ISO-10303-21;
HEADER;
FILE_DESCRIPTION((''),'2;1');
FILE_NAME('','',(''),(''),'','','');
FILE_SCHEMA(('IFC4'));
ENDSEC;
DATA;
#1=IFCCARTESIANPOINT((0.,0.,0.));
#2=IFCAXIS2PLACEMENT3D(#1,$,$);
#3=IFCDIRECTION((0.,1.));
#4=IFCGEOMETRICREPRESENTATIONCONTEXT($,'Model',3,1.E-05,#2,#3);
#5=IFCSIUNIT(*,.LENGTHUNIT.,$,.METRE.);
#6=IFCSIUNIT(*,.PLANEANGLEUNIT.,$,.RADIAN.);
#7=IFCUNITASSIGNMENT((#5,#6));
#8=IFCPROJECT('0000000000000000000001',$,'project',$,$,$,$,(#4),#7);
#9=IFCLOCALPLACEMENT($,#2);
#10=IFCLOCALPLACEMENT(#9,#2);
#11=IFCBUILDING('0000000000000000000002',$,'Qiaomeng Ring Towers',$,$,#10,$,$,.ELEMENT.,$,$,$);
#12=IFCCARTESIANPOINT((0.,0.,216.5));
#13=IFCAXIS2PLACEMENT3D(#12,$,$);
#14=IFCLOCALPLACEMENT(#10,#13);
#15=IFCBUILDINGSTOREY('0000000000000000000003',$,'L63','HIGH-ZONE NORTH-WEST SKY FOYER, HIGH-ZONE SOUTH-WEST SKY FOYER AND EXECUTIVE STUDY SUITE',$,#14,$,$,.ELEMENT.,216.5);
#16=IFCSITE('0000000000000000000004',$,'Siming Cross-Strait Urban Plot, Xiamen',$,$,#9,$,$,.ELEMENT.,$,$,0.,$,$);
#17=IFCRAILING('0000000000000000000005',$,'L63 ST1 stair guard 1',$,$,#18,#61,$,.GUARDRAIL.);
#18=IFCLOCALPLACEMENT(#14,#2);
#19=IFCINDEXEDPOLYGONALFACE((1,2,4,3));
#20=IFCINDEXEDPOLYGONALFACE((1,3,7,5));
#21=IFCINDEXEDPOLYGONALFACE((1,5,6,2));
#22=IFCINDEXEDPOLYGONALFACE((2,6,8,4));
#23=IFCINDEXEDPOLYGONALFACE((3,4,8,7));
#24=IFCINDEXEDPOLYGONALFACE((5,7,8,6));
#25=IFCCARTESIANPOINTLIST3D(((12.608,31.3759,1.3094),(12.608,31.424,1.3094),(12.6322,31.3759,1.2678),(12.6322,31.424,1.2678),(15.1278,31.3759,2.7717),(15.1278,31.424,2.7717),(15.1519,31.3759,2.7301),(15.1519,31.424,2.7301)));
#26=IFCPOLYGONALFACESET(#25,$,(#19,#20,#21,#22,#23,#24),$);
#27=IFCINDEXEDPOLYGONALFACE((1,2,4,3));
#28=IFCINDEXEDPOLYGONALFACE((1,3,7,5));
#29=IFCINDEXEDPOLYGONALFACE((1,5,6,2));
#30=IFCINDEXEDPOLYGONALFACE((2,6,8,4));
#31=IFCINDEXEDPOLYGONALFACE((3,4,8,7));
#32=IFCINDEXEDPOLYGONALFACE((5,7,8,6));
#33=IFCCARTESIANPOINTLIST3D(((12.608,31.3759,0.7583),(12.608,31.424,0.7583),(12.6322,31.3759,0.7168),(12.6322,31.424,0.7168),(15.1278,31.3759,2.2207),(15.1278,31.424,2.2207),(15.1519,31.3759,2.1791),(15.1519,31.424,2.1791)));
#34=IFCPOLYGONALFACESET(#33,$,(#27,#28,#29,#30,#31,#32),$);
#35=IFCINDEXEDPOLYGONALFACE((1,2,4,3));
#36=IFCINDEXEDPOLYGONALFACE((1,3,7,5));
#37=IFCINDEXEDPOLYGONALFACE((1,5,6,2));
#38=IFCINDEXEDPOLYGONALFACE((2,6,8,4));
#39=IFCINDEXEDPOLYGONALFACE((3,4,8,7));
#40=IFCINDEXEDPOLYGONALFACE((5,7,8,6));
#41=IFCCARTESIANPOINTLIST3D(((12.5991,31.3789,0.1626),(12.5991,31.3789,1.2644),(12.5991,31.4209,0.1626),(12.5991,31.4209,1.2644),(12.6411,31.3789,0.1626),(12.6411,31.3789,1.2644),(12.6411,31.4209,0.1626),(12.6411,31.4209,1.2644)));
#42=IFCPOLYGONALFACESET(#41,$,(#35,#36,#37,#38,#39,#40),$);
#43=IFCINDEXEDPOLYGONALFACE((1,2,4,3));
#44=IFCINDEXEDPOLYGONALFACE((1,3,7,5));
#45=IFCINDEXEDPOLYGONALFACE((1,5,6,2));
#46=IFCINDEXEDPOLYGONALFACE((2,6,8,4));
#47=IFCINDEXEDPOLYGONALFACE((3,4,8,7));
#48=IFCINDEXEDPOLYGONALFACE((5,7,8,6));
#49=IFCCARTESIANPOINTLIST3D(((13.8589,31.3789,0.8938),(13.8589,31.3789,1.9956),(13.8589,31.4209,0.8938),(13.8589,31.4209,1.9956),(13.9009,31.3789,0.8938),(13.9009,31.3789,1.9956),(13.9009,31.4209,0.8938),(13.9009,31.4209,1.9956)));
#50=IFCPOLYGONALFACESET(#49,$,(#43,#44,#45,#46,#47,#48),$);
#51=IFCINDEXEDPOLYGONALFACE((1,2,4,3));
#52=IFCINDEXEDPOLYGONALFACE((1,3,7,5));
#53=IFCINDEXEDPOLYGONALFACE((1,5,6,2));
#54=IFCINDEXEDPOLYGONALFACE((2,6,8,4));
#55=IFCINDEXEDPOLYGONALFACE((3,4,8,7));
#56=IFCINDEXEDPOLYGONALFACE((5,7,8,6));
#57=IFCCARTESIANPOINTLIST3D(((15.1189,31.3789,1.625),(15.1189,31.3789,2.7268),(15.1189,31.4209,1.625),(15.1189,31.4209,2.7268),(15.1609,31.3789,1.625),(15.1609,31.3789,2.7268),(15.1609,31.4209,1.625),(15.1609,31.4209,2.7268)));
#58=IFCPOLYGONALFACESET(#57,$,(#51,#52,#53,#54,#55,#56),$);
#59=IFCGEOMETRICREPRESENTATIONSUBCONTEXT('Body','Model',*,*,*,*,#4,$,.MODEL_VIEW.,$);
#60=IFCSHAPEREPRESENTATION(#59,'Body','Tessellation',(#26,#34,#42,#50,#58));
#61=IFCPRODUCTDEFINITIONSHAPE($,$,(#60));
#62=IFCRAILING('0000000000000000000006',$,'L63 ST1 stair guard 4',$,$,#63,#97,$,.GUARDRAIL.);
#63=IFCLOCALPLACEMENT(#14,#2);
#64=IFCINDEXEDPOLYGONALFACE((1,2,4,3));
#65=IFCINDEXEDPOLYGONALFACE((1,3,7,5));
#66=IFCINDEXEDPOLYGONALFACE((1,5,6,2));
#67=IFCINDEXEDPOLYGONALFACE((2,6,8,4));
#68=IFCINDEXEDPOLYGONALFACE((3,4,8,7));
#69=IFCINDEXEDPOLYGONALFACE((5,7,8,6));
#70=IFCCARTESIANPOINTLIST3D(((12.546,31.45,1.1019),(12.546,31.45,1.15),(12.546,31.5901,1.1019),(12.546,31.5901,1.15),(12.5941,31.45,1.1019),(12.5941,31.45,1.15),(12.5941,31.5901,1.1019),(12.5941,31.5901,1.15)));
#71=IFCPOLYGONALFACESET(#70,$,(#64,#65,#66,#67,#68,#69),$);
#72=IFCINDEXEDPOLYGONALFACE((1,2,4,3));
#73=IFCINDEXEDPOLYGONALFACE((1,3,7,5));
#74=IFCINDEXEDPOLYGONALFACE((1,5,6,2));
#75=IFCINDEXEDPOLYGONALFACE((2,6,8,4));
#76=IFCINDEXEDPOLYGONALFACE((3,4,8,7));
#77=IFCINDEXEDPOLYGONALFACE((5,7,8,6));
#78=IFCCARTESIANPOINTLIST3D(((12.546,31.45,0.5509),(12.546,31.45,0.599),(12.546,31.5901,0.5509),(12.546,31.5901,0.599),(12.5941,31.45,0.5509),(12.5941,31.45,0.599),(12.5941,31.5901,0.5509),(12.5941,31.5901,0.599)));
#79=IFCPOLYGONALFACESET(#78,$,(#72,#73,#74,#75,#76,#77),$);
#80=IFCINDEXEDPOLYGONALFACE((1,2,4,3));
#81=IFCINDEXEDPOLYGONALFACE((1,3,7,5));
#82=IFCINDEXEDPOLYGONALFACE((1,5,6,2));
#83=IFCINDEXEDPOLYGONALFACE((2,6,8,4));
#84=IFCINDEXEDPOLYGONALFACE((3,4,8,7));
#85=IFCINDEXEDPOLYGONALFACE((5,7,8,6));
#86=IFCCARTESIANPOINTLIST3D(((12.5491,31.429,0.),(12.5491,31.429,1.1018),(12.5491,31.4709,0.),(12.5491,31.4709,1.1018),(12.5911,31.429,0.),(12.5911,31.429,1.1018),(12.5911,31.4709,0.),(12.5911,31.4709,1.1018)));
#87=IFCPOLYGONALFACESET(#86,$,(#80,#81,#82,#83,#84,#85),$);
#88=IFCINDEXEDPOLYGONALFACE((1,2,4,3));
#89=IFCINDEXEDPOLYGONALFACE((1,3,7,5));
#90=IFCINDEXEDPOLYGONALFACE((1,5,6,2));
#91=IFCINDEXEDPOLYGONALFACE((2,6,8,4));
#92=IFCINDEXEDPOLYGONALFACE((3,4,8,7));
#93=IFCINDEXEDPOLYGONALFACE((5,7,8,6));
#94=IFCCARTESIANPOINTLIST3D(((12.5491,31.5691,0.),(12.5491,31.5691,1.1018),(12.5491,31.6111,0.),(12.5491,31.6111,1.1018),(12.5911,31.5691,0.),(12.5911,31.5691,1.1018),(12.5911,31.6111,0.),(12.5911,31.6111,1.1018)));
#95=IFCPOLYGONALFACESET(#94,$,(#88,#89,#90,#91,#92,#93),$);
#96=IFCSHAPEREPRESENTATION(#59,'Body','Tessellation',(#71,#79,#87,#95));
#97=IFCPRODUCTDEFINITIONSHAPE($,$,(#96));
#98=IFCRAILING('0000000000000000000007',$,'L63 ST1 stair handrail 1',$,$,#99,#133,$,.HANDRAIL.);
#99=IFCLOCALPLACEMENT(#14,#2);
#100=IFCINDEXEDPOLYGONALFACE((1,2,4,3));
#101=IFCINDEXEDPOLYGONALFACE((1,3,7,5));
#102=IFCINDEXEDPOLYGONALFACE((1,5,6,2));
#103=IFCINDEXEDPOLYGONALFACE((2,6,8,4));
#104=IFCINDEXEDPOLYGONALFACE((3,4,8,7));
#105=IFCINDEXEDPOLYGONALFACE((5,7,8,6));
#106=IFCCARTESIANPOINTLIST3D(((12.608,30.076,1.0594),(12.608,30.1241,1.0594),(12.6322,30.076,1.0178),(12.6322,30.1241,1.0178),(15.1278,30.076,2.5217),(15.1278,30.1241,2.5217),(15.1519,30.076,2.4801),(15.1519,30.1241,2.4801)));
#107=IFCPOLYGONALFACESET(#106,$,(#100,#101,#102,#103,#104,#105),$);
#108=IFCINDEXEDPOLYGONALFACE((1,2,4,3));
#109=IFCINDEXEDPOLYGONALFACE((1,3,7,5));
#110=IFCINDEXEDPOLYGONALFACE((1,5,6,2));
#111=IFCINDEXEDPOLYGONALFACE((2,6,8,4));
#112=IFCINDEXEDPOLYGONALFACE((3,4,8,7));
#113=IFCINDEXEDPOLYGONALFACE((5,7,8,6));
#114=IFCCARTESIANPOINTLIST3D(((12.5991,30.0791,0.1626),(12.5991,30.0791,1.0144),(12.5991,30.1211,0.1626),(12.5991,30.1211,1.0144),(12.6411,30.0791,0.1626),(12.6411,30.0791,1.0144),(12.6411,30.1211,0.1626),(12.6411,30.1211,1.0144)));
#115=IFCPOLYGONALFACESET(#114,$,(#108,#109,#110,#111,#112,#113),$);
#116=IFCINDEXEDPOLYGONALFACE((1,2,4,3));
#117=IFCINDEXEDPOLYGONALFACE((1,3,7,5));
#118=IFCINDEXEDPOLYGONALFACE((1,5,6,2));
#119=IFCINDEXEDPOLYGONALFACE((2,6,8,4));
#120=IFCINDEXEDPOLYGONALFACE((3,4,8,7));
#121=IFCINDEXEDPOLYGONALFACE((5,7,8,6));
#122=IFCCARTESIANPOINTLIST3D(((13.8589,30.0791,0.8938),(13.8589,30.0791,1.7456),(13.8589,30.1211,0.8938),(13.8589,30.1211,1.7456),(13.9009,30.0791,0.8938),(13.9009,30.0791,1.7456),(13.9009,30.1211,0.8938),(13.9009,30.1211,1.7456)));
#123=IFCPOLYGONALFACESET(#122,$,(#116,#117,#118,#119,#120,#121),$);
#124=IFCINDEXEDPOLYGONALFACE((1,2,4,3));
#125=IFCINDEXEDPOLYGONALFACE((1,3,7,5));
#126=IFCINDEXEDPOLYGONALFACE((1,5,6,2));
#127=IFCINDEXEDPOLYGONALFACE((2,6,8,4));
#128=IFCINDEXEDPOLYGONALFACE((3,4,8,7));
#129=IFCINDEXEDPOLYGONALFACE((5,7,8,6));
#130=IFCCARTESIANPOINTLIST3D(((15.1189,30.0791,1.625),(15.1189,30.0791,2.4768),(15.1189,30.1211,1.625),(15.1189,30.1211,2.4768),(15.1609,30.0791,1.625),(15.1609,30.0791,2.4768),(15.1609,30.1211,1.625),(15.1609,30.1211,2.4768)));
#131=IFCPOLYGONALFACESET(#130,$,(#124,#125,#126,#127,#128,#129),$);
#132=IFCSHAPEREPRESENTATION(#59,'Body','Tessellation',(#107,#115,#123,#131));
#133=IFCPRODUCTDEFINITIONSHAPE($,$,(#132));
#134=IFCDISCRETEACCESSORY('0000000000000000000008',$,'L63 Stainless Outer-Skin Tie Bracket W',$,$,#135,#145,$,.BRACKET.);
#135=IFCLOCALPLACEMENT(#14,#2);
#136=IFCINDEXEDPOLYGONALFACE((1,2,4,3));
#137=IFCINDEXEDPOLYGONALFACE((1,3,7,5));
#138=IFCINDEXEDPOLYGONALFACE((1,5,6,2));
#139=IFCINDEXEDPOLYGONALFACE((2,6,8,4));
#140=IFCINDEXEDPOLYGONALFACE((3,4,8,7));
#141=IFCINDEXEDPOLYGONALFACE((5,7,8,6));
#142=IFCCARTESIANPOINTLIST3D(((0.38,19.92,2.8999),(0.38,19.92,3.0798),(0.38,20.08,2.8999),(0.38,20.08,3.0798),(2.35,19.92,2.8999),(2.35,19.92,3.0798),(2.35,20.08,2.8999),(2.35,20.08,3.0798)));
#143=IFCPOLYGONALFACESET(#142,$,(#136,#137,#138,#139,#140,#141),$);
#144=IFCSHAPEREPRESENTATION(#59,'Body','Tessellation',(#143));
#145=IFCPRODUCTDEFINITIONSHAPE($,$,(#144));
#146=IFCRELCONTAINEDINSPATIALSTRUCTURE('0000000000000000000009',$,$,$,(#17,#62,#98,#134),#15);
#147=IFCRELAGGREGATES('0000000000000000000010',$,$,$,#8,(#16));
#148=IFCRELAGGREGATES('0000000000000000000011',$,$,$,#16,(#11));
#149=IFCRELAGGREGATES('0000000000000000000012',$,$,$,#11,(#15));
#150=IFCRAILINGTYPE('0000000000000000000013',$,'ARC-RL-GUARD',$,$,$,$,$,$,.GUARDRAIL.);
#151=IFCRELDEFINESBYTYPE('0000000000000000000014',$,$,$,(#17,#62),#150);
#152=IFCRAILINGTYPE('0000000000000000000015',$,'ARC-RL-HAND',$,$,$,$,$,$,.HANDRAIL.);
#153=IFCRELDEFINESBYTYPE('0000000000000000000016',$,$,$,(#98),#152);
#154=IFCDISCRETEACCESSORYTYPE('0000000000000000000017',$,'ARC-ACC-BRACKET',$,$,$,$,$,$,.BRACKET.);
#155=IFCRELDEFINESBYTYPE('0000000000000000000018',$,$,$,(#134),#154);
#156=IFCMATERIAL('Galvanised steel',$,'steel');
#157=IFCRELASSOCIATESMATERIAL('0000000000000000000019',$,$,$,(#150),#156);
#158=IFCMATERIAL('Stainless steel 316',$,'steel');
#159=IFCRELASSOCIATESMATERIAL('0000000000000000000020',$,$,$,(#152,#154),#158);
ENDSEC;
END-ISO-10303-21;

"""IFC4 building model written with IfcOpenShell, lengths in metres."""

from ifc_helpers import new_model, si_unit, direction, frame, origin, origin_2d, place, context, subcontext, project, spatial, rectangle, extrude, source, transform, mapped, material, type_object, element, save


model = new_model("IFC4")

# Units and contexts
model_context = context("Model", 3, precision=1e-05, world=origin(), true_north=direction((0.0, 1.0)))
body_context = subcontext(model_context, "Body", "Model", "MODEL_VIEW")
ifc_project = project(units=[si_unit("LENGTHUNIT", "METRE"), si_unit("PLANEANGLEUNIT", "RADIAN")], contexts=[model_context])

# Site, building, storey
site_placement = place(None, origin())
site = spatial("IfcSite", under=ifc_project, at=site_placement, Name="Siming Cross-Strait Urban Plot, Xiamen", CompositionType="ELEMENT", RefElevation=0.0)
building_placement = place(site_placement, origin())
building = spatial("IfcBuilding", under=site, at=building_placement, Name="Qiaomeng Ring Towers", CompositionType="ELEMENT")
storey_placement = place(building_placement, frame((0.0, 0.0, 216.5)))
storey = spatial("IfcBuildingStorey", under=building, at=storey_placement, Name="L63", Description="HIGH-ZONE NORTH-WEST SKY FOYER, HIGH-ZONE SOUTH-WEST SKY FOYER AND EXECUTIVE STUDY SUITE", CompositionType="ELEMENT", Elevation=216.5)

# Shared definitions
ifc_material_1 = material(Name="Stainless steel 316", Category="steel")

# Railings
ifc_material_2 = material(Name="Galvanised steel", Category="steel")
railing_type_1 = type_object("IfcRailingType", Name="ARC-RL-GUARD", PredefinedType="GUARDRAIL", material=ifc_material_2)
railing_1_placement = place(storey_placement, frame((12.6201, 31.3999, 0.1626)))
element("IfcRailing", 1, at=railing_1_placement, inside=storey, type_object=railing_type_1, Name="L63 ST1 stair guard 1", PredefinedType="GUARDRAIL", context=body_context, shape_type="SweptSolid", body=[
    extrude(rectangle(XDim=0.0481, YDim=0.0481, at=origin_2d()), frame((0.0, 0.0, 1.126), z_axis=(0.864892, 0.0, 0.501958), x_axis=(0.0, 1.0, 0.0)), (0.0, 0.0, 1.0), 2.9133),
    extrude(rectangle(XDim=0.0481, YDim=0.0481, at=origin_2d()), frame((0.0, 0.0, 0.575), z_axis=(0.864892, 0.0, 0.501958), x_axis=(0.0, 1.0, 0.0)), (0.0, 0.0, 1.0), 2.9133),
    extrude(rectangle(XDim=0.042, YDim=0.042, at=origin_2d()), origin(), (0.0, 0.0, 1.0), 1.1018),
    extrude(rectangle(XDim=0.042, YDim=0.042, at=origin_2d()), frame((1.2598, 0.0, 0.7312)), (0.0, 0.0, 1.0), 1.1018),
    extrude(rectangle(XDim=0.042, YDim=0.042, at=origin_2d()), frame((2.5198, 0.0, 1.4624)), (0.0, 0.0, 1.0), 1.1018),
])
railing_2_placement = place(storey_placement, frame((12.5701, 31.45, 0.0)))
element("IfcRailing", 2, at=railing_2_placement, inside=storey, type_object=railing_type_1, Name="L63 ST1 stair guard 4", PredefinedType="GUARDRAIL", context=body_context, shape_type="SweptSolid", body=[
    extrude(rectangle(XDim=0.0481, YDim=0.0481, at=origin_2d()), frame((0.0, 0.0, 1.126), z_axis=(0.0, 1.0, 0.0), x_axis=(-1.0, 0.0, 0.0)), (0.0, 0.0, 1.0), 0.1401),
    extrude(rectangle(XDim=0.0481, YDim=0.0481, at=origin_2d()), frame((0.0, 0.0, 0.575), z_axis=(0.0, 1.0, 0.0), x_axis=(-1.0, 0.0, 0.0)), (0.0, 0.0, 1.0), 0.1401),
    extrude(rectangle(XDim=0.042, YDim=0.042, at=origin_2d()), origin(), (0.0, 0.0, 1.0), 1.1018),
    extrude(rectangle(XDim=0.042, YDim=0.042, at=origin_2d()), frame((0.0, 0.1401, 0.0)), (0.0, 0.0, 1.0), 1.1018),
])
railing_type_2 = type_object("IfcRailingType", Name="ARC-RL-HAND", PredefinedType="HANDRAIL", material=ifc_material_1)
railing_3_placement = place(storey_placement, frame((12.6201, 30.1001, 0.1626)))
element("IfcRailing", 3, at=railing_3_placement, inside=storey, type_object=railing_type_2, Name="L63 ST1 stair handrail 1", PredefinedType="HANDRAIL", context=body_context, shape_type="SweptSolid", body=[
    extrude(rectangle(XDim=0.0481, YDim=0.0481, at=origin_2d()), frame((0.0, 0.0, 0.876), z_axis=(0.864892, 0.0, 0.501958), x_axis=(0.0, 1.0, 0.0)), (0.0, 0.0, 1.0), 2.9133),
    extrude(rectangle(XDim=0.042, YDim=0.042, at=origin_2d()), origin(), (0.0, 0.0, 1.0), 0.8518),
    extrude(rectangle(XDim=0.042, YDim=0.042, at=origin_2d()), frame((1.2598, 0.0, 0.7312)), (0.0, 0.0, 1.0), 0.8518),
    extrude(rectangle(XDim=0.042, YDim=0.042, at=origin_2d()), frame((2.5198, 0.0, 1.4624)), (0.0, 0.0, 1.0), 0.8518),
])

# Discrete accessory
discrete_accessory_type = type_object("IfcDiscreteAccessoryType", Name="ARC-ACC-BRACKET", PredefinedType="BRACKET", material=ifc_material_1)
shared_shape_1 = source(origin(), body_context, "Body", "SweptSolid", [
    extrude(rectangle(XDim=1.97, YDim=0.1599, at=origin_2d()), origin(), (0.0, 0.0, 1.0), 0.1799),
])
discrete_accessory_placement = place(storey_placement, frame((1.365, 20.0, 2.8999), z_axis=(0.0, 0.0, 1.0), x_axis=(1.0, 0.0, 0.0)))
element("IfcDiscreteAccessory", 4, at=discrete_accessory_placement, inside=storey, type_object=discrete_accessory_type, Name="L63 Stainless Outer-Skin Tie Bracket W", PredefinedType="BRACKET", context=body_context, shape_type="MappedRepresentation", body=[
    mapped(shared_shape_1, transform((0.0, 0.0, 0.0), x_axis=(1.0, 0.0, 0.0), y_axis=(0.0, 1.0, 0.0), z_axis=(0.0, 0.0, 1.0), scale=1.0)),
])

save(model, "model.ifc")
